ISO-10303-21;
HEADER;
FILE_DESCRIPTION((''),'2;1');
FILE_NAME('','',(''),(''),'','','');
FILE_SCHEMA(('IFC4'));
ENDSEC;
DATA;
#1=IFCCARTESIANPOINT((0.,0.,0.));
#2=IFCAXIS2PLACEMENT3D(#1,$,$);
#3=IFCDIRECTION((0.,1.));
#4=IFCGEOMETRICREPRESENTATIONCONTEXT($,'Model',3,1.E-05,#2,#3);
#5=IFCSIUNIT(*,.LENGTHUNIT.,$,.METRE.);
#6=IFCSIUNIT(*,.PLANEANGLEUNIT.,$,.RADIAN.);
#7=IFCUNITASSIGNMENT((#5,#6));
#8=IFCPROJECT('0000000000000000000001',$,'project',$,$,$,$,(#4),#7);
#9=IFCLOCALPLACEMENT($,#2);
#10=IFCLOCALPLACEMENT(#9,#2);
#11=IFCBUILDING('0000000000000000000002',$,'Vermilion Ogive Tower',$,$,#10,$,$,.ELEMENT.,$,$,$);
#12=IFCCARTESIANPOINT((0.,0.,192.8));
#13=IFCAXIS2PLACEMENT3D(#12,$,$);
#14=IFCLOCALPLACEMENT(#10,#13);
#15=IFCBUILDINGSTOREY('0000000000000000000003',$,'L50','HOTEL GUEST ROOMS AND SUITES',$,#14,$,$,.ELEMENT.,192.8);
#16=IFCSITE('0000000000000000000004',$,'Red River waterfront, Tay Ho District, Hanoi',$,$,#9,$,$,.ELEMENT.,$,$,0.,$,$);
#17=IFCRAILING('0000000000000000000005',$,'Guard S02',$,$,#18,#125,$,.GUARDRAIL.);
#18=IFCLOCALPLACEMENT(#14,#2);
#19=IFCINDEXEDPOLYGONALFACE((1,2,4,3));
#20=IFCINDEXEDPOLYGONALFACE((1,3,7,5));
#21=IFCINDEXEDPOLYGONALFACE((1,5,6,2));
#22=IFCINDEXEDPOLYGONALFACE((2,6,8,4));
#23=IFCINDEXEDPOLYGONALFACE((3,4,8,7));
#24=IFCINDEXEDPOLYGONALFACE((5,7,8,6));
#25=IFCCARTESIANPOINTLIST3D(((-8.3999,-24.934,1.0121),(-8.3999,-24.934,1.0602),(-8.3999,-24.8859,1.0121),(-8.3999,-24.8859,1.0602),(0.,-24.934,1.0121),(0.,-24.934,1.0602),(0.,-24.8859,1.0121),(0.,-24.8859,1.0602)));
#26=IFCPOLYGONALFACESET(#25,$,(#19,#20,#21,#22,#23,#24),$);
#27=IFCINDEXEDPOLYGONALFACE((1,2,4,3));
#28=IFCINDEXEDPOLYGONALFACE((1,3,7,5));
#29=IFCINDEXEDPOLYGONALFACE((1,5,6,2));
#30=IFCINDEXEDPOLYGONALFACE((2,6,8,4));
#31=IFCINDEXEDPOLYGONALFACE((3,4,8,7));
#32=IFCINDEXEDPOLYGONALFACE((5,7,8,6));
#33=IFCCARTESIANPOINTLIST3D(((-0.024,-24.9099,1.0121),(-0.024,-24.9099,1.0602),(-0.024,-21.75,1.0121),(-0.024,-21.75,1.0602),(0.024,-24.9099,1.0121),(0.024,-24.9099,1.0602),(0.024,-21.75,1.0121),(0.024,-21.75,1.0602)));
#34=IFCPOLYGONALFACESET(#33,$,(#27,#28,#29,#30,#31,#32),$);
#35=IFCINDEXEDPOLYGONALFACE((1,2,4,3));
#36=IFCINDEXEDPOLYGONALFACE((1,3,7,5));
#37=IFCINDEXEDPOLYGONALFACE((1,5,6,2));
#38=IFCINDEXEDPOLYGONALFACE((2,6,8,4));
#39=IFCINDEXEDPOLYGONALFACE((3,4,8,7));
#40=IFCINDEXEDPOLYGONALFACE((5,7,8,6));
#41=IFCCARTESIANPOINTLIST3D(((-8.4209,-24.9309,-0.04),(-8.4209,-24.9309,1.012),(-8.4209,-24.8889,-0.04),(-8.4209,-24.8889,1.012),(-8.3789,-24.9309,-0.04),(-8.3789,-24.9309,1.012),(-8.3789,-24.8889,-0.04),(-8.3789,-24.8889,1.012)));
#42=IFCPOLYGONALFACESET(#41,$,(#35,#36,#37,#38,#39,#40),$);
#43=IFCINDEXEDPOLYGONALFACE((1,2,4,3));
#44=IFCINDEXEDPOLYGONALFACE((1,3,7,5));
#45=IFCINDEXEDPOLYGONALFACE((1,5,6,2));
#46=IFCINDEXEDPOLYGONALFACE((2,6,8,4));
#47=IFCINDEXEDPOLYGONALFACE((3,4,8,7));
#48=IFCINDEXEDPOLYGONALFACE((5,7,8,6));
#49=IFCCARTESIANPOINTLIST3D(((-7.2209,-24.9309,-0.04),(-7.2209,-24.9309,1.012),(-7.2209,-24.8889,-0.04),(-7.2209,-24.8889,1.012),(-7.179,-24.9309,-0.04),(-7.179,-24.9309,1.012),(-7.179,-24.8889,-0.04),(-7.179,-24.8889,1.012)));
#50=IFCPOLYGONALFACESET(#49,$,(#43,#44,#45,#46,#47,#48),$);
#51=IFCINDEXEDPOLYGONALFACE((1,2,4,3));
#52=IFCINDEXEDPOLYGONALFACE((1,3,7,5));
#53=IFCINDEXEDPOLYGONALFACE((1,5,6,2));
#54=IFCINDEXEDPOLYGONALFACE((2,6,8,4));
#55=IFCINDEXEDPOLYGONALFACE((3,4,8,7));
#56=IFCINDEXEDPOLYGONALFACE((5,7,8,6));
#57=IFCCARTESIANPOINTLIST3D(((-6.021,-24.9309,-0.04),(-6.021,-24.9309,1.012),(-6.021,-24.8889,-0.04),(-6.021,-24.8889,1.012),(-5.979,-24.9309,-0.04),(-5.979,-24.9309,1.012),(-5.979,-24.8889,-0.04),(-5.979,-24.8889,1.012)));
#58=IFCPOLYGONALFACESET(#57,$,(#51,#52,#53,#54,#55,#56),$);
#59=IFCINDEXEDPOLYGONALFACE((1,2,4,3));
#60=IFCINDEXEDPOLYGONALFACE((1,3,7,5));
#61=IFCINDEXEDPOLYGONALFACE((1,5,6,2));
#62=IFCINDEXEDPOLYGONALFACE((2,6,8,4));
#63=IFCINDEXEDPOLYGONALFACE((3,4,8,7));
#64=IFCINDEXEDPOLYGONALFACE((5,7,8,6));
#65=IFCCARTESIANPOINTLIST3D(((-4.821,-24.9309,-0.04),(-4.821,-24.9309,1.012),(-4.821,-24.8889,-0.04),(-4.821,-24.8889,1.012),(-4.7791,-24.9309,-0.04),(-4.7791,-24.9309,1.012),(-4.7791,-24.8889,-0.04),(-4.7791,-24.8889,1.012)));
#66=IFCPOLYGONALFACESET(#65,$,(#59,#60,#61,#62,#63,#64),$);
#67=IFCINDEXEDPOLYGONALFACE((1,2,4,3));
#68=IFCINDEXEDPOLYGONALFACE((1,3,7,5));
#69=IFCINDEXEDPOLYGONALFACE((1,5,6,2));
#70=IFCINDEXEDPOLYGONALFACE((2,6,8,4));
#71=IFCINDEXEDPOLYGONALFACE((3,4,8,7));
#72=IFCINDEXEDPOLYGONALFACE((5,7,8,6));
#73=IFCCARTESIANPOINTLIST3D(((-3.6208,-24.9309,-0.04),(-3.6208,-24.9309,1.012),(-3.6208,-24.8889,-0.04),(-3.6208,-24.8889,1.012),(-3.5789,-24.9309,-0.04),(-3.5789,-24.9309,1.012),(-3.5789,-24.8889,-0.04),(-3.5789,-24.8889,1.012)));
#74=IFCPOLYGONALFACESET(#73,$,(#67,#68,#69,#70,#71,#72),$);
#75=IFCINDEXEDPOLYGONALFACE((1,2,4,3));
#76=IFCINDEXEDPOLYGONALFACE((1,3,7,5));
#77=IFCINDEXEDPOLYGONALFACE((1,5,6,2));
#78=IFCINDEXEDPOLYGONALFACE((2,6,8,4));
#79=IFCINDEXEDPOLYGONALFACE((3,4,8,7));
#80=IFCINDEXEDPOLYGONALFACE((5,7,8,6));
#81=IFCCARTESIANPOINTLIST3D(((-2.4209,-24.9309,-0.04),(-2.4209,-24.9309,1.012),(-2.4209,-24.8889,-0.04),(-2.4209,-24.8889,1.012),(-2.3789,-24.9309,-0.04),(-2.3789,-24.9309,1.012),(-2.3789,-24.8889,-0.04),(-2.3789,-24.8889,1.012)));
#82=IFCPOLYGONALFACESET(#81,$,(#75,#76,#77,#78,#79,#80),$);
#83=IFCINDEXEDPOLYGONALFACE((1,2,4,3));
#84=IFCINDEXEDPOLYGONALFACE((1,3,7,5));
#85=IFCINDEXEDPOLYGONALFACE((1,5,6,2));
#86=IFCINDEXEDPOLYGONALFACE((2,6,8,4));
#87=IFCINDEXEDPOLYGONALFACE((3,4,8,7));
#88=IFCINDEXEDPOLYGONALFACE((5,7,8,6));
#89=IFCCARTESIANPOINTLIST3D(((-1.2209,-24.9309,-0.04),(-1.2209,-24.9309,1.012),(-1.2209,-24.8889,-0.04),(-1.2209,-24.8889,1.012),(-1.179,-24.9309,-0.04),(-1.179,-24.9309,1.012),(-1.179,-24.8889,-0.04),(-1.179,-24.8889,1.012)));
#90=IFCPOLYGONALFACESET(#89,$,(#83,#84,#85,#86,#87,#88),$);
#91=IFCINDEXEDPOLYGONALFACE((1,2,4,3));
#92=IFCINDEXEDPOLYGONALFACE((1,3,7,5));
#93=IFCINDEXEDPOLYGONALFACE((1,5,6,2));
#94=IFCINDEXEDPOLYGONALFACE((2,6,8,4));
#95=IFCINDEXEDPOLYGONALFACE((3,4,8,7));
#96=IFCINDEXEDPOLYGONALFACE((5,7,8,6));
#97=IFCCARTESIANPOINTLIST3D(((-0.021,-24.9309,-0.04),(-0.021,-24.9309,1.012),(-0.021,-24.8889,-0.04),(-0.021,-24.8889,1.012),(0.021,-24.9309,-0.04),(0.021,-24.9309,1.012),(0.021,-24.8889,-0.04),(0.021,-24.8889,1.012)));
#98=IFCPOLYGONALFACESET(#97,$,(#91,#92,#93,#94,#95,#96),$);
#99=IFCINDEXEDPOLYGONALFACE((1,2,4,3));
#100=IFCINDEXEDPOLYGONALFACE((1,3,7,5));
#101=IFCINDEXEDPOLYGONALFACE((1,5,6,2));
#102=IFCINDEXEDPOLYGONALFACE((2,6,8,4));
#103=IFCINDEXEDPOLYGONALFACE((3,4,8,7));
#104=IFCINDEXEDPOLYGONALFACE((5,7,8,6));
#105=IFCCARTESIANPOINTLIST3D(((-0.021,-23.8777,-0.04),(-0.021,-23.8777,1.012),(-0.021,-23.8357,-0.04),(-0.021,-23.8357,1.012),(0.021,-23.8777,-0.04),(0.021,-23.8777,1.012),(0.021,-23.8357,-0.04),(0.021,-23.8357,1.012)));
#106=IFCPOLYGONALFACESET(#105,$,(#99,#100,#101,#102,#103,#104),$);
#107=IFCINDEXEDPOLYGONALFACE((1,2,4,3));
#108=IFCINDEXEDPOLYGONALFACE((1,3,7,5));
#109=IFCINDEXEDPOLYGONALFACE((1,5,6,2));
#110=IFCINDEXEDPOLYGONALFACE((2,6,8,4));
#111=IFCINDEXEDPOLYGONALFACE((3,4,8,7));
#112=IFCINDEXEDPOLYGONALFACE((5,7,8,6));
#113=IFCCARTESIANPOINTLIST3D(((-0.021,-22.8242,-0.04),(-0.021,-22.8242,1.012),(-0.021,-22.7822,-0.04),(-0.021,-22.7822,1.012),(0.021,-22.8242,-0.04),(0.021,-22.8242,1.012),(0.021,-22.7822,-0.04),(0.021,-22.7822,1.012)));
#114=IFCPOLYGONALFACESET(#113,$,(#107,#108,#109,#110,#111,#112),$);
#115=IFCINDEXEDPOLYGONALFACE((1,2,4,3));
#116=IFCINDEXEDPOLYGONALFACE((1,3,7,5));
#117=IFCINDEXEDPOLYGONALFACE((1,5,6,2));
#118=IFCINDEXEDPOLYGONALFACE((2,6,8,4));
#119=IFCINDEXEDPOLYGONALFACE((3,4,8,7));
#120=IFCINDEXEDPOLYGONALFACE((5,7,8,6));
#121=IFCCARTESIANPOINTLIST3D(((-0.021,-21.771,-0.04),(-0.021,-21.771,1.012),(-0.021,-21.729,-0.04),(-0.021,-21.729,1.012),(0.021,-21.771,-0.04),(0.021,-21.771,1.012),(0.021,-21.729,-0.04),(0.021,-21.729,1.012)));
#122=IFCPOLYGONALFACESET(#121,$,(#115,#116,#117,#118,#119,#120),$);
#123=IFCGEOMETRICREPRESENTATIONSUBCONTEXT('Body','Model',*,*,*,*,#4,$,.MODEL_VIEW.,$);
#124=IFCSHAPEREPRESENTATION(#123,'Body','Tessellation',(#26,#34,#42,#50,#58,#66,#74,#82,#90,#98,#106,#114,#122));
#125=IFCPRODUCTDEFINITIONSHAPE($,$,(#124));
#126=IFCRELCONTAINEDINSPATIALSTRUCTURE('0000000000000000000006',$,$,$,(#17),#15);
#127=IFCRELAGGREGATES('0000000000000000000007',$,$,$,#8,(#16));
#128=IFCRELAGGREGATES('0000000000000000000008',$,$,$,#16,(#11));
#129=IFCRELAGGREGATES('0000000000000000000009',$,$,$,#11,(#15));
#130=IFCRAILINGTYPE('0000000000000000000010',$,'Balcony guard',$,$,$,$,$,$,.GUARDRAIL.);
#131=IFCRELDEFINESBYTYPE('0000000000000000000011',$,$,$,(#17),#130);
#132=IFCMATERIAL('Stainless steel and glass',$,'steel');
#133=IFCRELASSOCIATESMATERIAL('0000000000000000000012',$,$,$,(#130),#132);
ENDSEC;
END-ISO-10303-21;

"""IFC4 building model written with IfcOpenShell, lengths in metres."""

from ifc_helpers import new_model, si_unit, direction, frame, origin, origin_2d, place, context, subcontext, project, spatial, rectangle, extrude, material, type_object, element, save


model = new_model("IFC4")

# Units and contexts
model_context = context("Model", 3, precision=1e-05, world=origin(), true_north=direction((0.0, 1.0)))
body_context = subcontext(model_context, "Body", "Model", "MODEL_VIEW")
ifc_project = project(units=[si_unit("LENGTHUNIT", "METRE"), si_unit("PLANEANGLEUNIT", "RADIAN")], contexts=[model_context])

# Site, building, storey
site_placement = place(None, origin())
site = spatial("IfcSite", under=ifc_project, at=site_placement, Name="Red River waterfront, Tay Ho District, Hanoi", CompositionType="ELEMENT", RefElevation=0.0)
building_placement = place(site_placement, origin())
building = spatial("IfcBuilding", under=site, at=building_placement, Name="Vermilion Ogive Tower", CompositionType="ELEMENT")
storey_placement = place(building_placement, frame((0.0, 0.0, 192.8)))
storey = spatial("IfcBuildingStorey", under=building, at=storey_placement, Name="L50", Description="HOTEL GUEST ROOMS AND SUITES", CompositionType="ELEMENT", Elevation=192.8)

# Railing
ifc_material_1 = material(Name="Stainless steel and glass", Category="steel")
railing_type_1 = type_object("IfcRailingType", Name="Balcony guard", PredefinedType="GUARDRAIL", material=ifc_material_1)
railing_1_placement = place(storey_placement, frame((-8.3999, -24.9099, -0.04)))
element("IfcRailing", 1, at=railing_1_placement, inside=storey, type_object=railing_type_1, Name="Guard S02", PredefinedType="GUARDRAIL", context=body_context, shape_type="SweptSolid", body=[
    extrude(rectangle(XDim=0.0481, YDim=0.0481, at=origin_2d()), frame((0.0, 0.0, 1.0762), z_axis=(1.0, 0.0, 0.0), x_axis=(0.0, 1.0, 0.0)), (0.0, 0.0, 1.0), 8.3999),
    extrude(rectangle(XDim=0.0481, YDim=0.0481, at=origin_2d()), frame((8.3999, 0.0, 1.0762), z_axis=(0.0, 1.0, 0.0), x_axis=(-1.0, 0.0, 0.0)), (0.0, 0.0, 1.0), 3.1599),
    extrude(rectangle(XDim=0.042, YDim=0.042, at=origin_2d()), origin(), (0.0, 0.0, 1.0), 1.052),
    extrude(rectangle(XDim=0.042, YDim=0.042, at=origin_2d()), frame((1.2, 0.0, 0.0)), (0.0, 0.0, 1.0), 1.052),
    extrude(rectangle(XDim=0.042, YDim=0.042, at=origin_2d()), frame((2.3999, 0.0, 0.0)), (0.0, 0.0, 1.0), 1.052),
    extrude(rectangle(XDim=0.042, YDim=0.042, at=origin_2d()), frame((3.5999, 0.0, 0.0)), (0.0, 0.0, 1.0), 1.052),
    extrude(rectangle(XDim=0.042, YDim=0.042, at=origin_2d()), frame((4.8, 0.0, 0.0)), (0.0, 0.0, 1.0), 1.052),
    extrude(rectangle(XDim=0.042, YDim=0.042, at=origin_2d()), frame((6.0, 0.0, 0.0)), (0.0, 0.0, 1.0), 1.052),
    extrude(rectangle(XDim=0.042, YDim=0.042, at=origin_2d()), frame((7.2, 0.0, 0.0)), (0.0, 0.0, 1.0), 1.052),
    extrude(rectangle(XDim=0.042, YDim=0.042, at=origin_2d()), frame((8.3999, 0.0, 0.0)), (0.0, 0.0, 1.0), 1.052),
    extrude(rectangle(XDim=0.042, YDim=0.042, at=origin_2d()), frame((8.3999, 1.0532, 0.0)), (0.0, 0.0, 1.0), 1.052),
    extrude(rectangle(XDim=0.042, YDim=0.042, at=origin_2d()), frame((8.3999, 2.1067, 0.0)), (0.0, 0.0, 1.0), 1.052),
    extrude(rectangle(XDim=0.042, YDim=0.042, at=origin_2d()), frame((8.3999, 3.1599, 0.0)), (0.0, 0.0, 1.0), 1.052),
])

save(model, "model.ifc")
